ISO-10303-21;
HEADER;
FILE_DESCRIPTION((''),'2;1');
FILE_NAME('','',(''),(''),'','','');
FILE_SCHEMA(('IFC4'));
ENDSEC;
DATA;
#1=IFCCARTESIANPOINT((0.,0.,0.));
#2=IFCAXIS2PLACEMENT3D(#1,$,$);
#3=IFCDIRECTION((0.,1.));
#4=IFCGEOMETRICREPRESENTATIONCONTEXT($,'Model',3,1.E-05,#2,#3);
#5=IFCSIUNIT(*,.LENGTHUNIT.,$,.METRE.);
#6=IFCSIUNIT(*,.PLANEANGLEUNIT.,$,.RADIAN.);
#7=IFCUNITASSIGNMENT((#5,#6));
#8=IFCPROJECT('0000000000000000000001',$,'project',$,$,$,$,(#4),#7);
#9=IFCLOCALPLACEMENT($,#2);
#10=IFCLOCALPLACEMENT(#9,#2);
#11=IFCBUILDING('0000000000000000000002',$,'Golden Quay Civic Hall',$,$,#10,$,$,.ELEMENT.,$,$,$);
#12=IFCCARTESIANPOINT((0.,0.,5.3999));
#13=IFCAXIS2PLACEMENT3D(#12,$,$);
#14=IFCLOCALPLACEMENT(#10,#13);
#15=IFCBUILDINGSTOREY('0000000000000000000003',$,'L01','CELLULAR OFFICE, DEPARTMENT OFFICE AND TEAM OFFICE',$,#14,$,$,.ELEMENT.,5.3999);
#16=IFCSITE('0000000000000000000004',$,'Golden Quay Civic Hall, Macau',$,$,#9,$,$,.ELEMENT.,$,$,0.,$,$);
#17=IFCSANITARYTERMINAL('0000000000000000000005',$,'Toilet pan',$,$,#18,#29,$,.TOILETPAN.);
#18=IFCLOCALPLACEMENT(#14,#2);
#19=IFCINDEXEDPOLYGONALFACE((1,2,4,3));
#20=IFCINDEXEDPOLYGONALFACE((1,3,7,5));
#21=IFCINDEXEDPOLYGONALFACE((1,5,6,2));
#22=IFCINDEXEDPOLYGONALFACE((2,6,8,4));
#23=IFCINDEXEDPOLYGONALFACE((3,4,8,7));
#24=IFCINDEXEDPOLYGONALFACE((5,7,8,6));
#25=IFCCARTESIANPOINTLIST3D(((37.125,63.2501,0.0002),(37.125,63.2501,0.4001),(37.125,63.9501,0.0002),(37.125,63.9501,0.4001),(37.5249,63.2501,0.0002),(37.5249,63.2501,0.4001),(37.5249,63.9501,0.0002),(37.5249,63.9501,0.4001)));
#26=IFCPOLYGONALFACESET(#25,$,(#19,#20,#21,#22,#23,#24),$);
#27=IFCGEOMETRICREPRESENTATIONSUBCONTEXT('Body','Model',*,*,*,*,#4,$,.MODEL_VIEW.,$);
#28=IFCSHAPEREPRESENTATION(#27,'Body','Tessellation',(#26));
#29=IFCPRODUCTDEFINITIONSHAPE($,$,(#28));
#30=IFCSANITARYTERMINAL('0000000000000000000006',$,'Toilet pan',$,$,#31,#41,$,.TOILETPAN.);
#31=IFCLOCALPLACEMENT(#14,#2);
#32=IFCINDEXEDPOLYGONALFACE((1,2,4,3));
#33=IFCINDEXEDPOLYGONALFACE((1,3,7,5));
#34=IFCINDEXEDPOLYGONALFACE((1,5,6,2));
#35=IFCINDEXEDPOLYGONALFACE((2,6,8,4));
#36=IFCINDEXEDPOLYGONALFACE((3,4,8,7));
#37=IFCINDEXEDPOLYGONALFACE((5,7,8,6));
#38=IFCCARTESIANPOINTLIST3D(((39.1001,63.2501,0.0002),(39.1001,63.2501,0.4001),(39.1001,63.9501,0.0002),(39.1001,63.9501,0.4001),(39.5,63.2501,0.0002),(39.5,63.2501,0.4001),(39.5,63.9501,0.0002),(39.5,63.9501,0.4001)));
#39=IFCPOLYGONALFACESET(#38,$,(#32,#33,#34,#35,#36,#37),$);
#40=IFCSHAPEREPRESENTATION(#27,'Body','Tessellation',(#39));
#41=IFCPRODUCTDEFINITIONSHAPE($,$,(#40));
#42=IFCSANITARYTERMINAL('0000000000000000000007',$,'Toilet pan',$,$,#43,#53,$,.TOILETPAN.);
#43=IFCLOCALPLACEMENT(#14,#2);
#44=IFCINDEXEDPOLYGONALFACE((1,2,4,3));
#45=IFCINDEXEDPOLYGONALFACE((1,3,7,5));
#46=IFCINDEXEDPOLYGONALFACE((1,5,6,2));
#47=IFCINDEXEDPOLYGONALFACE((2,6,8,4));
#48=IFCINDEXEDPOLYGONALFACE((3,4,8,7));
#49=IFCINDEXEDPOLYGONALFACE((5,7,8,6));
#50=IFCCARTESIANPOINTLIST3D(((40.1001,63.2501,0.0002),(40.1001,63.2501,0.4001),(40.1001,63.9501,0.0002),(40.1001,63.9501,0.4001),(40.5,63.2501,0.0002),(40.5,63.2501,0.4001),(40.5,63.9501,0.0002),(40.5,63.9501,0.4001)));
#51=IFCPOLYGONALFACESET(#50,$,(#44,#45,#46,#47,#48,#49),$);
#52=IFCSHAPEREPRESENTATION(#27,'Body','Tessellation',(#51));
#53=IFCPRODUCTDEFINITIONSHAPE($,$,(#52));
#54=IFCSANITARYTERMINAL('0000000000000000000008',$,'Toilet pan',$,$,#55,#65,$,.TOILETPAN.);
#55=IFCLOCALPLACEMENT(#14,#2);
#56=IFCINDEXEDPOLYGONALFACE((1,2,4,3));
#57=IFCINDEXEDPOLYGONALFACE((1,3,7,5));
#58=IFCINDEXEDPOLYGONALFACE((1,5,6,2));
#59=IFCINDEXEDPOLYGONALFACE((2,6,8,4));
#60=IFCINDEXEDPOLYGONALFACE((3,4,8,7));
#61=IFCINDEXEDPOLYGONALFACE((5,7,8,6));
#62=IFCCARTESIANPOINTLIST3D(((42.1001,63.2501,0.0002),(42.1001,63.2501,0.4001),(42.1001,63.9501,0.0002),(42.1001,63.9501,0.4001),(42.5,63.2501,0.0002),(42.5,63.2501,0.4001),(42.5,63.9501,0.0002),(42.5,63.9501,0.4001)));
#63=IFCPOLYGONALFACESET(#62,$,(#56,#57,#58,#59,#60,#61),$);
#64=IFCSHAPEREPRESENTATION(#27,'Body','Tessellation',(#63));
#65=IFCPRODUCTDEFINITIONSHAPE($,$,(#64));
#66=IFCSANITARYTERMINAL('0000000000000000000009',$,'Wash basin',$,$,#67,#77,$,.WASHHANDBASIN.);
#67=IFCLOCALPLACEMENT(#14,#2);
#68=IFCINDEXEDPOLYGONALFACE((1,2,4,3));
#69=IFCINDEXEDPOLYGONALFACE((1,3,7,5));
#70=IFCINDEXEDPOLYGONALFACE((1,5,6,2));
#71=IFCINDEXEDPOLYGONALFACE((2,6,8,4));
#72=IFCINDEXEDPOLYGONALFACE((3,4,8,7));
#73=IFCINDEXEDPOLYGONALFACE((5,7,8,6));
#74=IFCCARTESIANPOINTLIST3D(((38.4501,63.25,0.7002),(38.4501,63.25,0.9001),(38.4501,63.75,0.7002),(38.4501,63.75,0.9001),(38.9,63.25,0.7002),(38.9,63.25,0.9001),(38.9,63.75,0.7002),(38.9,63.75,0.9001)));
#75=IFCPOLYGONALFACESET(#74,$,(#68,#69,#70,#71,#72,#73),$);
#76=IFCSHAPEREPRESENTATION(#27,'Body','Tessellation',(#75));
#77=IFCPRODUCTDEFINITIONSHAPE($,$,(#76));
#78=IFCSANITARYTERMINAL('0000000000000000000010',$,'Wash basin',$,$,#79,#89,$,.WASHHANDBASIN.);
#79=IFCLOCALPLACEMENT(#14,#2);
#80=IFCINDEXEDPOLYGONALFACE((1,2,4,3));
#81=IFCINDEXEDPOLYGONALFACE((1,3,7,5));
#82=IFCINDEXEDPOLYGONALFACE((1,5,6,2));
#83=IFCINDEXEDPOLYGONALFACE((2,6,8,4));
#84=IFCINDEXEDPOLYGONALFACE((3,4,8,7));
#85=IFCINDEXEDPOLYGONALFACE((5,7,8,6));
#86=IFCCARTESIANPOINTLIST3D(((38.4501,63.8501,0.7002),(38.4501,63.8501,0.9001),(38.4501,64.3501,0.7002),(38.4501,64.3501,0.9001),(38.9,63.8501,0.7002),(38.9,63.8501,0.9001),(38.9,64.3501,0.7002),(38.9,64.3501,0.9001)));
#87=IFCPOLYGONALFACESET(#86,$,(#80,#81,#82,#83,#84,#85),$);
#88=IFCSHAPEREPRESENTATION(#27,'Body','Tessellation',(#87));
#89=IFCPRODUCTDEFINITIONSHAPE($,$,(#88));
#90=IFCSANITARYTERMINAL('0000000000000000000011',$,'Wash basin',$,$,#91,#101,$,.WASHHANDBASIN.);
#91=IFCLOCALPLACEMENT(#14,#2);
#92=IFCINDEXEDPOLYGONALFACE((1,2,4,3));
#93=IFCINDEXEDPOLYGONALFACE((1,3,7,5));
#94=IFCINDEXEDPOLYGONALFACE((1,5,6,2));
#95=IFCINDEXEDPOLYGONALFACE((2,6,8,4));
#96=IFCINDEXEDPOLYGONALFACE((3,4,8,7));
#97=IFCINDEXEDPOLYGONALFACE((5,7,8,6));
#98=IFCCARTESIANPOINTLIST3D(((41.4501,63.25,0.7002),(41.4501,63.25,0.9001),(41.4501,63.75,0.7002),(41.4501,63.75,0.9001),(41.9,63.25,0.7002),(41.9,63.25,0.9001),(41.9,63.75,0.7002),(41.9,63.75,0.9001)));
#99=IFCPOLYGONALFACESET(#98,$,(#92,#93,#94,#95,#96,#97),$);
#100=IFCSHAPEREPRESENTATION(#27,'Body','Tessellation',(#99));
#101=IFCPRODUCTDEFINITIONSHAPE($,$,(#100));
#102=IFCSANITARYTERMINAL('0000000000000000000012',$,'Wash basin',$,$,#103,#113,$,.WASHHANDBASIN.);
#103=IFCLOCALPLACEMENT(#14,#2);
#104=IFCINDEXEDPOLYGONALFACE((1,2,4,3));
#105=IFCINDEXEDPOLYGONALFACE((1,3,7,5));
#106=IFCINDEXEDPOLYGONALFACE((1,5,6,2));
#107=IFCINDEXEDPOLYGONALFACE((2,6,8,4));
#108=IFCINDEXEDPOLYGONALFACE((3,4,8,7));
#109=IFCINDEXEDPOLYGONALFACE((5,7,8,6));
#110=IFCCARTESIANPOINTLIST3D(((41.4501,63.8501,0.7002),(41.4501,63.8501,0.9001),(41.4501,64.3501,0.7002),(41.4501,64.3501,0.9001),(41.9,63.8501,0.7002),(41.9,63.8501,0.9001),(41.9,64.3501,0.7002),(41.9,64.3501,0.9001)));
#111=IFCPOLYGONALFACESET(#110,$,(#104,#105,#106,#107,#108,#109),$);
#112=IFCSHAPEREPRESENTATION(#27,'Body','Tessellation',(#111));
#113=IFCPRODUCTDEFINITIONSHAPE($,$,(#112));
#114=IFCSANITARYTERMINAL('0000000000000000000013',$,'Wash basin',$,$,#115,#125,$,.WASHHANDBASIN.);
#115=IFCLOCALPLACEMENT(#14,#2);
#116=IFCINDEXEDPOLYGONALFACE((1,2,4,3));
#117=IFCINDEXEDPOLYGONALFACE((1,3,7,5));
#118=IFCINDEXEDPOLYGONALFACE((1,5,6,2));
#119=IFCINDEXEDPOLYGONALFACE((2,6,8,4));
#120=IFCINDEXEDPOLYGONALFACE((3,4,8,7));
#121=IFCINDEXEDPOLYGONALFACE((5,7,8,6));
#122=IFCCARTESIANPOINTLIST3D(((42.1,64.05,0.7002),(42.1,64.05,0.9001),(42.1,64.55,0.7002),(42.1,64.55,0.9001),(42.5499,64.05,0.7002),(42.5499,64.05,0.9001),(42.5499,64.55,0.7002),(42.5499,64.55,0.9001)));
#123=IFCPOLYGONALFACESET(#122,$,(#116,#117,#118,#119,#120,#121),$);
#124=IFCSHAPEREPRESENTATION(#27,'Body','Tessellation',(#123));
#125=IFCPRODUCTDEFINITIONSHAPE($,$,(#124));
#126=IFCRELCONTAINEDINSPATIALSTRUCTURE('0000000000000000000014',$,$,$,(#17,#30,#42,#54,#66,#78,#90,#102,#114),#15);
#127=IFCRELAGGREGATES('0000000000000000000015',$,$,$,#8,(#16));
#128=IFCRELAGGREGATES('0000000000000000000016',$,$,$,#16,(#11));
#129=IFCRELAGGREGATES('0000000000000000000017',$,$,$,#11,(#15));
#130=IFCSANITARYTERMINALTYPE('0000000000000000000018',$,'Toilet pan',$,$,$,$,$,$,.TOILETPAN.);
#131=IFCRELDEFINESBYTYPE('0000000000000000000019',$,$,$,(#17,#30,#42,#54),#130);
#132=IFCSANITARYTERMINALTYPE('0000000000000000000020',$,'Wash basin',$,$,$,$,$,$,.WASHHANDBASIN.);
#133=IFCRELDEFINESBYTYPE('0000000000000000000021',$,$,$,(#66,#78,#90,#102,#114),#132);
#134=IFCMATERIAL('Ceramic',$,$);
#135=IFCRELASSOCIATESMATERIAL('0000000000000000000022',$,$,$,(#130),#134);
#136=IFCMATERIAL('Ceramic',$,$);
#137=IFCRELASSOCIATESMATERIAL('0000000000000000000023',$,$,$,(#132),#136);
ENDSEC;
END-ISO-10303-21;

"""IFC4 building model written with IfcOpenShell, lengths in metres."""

from ifc_helpers import new_model, si_unit, direction, frame, origin, origin_2d, place, context, subcontext, project, spatial, rectangle, extrude, material, type_object, element, save


model = new_model("IFC4")

# Units and contexts
model_context = context("Model", 3, precision=1e-05, world=origin(), true_north=direction((0.0, 1.0)))
body_context = subcontext(model_context, "Body", "Model", "MODEL_VIEW")
ifc_project = project(units=[si_unit("LENGTHUNIT", "METRE"), si_unit("PLANEANGLEUNIT", "RADIAN")], contexts=[model_context])

# Site, building, storey
site_placement = place(None, origin())
site = spatial("IfcSite", under=ifc_project, at=site_placement, Name="Golden Quay Civic Hall, Macau", CompositionType="ELEMENT", RefElevation=0.0)
building_placement = place(site_placement, origin())
building = spatial("IfcBuilding", under=site, at=building_placement, Name="Golden Quay Civic Hall", CompositionType="ELEMENT")
storey_placement = place(building_placement, frame((0.0, 0.0, 5.3999)))
storey = spatial("IfcBuildingStorey", under=building, at=storey_placement, Name="L01", Description="CELLULAR OFFICE, DEPARTMENT OFFICE AND TEAM OFFICE", CompositionType="ELEMENT", Elevation=5.3999)

# Sanitary terminals
ifc_material_1 = material(Name="Ceramic")
sanitary_terminal_type_1 = type_object("IfcSanitaryTerminalType", Name="Toilet pan", PredefinedType="TOILETPAN", material=ifc_material_1)
for number, where, z_axis, x_axis, name in (
    (1, (37.325, 63.6001, 0.0002), (0.0, 0.0, 1.0), (1.0, 0.0, 0.0), "Toilet pan"),
    (2, (39.3, 63.6001, 0.0002), (0.0, 0.0, 1.0), (1.0, 0.0, 0.0), "Toilet pan"),
    (3, (40.3, 63.6001, 0.0002), (0.0, 0.0, 1.0), (1.0, 0.0, 0.0), "Toilet pan"),
    (4, (42.3, 63.6001, 0.0002), (0.0, 0.0, 1.0), (1.0, 0.0, 0.0), "Toilet pan"),
):
    element("IfcSanitaryTerminal", number, at=place(storey_placement, frame(where, z_axis=z_axis, x_axis=x_axis)), inside=storey, type_object=sanitary_terminal_type_1, Name=name, PredefinedType="TOILETPAN", context=body_context, shape_type="SweptSolid", body=[
        extrude(rectangle(XDim=0.3999, YDim=0.7, at=origin_2d()), origin(), (0.0, 0.0, 1.0), 0.3999),
    ])
ifc_material_2 = material(Name="Ceramic")
sanitary_terminal_type_2 = type_object("IfcSanitaryTerminalType", Name="Wash basin", PredefinedType="WASHHANDBASIN", material=ifc_material_2)
for number, where, z_axis, x_axis, name in (
    (5, (38.675, 63.5, 0.7002), (0.0, 0.0, 1.0), (0.0, 1.0, 0.0), "Wash basin"),
    (6, (38.675, 64.1001, 0.7002), (0.0, 0.0, 1.0), (0.0, 1.0, 0.0), "Wash basin"),
    (7, (41.675, 63.5, 0.7002), (0.0, 0.0, 1.0), (0.0, 1.0, 0.0), "Wash basin"),
    (8, (41.675, 64.1001, 0.7002), (0.0, 0.0, 1.0), (0.0, 1.0, 0.0), "Wash basin"),
    (9, (42.325, 64.3, 0.7002), (0.0, 0.0, 1.0), (0.0, 1.0, 0.0), "Wash basin"),
):
    element("IfcSanitaryTerminal", number, at=place(storey_placement, frame(where, z_axis=z_axis, x_axis=x_axis)), inside=storey, type_object=sanitary_terminal_type_2, Name=name, PredefinedType="WASHHANDBASIN", context=body_context, shape_type="SweptSolid", body=[
        extrude(rectangle(XDim=0.5, YDim=0.45, at=origin_2d()), origin(), (0.0, 0.0, 1.0), 0.2),
    ])

save(model, "model.ifc")
